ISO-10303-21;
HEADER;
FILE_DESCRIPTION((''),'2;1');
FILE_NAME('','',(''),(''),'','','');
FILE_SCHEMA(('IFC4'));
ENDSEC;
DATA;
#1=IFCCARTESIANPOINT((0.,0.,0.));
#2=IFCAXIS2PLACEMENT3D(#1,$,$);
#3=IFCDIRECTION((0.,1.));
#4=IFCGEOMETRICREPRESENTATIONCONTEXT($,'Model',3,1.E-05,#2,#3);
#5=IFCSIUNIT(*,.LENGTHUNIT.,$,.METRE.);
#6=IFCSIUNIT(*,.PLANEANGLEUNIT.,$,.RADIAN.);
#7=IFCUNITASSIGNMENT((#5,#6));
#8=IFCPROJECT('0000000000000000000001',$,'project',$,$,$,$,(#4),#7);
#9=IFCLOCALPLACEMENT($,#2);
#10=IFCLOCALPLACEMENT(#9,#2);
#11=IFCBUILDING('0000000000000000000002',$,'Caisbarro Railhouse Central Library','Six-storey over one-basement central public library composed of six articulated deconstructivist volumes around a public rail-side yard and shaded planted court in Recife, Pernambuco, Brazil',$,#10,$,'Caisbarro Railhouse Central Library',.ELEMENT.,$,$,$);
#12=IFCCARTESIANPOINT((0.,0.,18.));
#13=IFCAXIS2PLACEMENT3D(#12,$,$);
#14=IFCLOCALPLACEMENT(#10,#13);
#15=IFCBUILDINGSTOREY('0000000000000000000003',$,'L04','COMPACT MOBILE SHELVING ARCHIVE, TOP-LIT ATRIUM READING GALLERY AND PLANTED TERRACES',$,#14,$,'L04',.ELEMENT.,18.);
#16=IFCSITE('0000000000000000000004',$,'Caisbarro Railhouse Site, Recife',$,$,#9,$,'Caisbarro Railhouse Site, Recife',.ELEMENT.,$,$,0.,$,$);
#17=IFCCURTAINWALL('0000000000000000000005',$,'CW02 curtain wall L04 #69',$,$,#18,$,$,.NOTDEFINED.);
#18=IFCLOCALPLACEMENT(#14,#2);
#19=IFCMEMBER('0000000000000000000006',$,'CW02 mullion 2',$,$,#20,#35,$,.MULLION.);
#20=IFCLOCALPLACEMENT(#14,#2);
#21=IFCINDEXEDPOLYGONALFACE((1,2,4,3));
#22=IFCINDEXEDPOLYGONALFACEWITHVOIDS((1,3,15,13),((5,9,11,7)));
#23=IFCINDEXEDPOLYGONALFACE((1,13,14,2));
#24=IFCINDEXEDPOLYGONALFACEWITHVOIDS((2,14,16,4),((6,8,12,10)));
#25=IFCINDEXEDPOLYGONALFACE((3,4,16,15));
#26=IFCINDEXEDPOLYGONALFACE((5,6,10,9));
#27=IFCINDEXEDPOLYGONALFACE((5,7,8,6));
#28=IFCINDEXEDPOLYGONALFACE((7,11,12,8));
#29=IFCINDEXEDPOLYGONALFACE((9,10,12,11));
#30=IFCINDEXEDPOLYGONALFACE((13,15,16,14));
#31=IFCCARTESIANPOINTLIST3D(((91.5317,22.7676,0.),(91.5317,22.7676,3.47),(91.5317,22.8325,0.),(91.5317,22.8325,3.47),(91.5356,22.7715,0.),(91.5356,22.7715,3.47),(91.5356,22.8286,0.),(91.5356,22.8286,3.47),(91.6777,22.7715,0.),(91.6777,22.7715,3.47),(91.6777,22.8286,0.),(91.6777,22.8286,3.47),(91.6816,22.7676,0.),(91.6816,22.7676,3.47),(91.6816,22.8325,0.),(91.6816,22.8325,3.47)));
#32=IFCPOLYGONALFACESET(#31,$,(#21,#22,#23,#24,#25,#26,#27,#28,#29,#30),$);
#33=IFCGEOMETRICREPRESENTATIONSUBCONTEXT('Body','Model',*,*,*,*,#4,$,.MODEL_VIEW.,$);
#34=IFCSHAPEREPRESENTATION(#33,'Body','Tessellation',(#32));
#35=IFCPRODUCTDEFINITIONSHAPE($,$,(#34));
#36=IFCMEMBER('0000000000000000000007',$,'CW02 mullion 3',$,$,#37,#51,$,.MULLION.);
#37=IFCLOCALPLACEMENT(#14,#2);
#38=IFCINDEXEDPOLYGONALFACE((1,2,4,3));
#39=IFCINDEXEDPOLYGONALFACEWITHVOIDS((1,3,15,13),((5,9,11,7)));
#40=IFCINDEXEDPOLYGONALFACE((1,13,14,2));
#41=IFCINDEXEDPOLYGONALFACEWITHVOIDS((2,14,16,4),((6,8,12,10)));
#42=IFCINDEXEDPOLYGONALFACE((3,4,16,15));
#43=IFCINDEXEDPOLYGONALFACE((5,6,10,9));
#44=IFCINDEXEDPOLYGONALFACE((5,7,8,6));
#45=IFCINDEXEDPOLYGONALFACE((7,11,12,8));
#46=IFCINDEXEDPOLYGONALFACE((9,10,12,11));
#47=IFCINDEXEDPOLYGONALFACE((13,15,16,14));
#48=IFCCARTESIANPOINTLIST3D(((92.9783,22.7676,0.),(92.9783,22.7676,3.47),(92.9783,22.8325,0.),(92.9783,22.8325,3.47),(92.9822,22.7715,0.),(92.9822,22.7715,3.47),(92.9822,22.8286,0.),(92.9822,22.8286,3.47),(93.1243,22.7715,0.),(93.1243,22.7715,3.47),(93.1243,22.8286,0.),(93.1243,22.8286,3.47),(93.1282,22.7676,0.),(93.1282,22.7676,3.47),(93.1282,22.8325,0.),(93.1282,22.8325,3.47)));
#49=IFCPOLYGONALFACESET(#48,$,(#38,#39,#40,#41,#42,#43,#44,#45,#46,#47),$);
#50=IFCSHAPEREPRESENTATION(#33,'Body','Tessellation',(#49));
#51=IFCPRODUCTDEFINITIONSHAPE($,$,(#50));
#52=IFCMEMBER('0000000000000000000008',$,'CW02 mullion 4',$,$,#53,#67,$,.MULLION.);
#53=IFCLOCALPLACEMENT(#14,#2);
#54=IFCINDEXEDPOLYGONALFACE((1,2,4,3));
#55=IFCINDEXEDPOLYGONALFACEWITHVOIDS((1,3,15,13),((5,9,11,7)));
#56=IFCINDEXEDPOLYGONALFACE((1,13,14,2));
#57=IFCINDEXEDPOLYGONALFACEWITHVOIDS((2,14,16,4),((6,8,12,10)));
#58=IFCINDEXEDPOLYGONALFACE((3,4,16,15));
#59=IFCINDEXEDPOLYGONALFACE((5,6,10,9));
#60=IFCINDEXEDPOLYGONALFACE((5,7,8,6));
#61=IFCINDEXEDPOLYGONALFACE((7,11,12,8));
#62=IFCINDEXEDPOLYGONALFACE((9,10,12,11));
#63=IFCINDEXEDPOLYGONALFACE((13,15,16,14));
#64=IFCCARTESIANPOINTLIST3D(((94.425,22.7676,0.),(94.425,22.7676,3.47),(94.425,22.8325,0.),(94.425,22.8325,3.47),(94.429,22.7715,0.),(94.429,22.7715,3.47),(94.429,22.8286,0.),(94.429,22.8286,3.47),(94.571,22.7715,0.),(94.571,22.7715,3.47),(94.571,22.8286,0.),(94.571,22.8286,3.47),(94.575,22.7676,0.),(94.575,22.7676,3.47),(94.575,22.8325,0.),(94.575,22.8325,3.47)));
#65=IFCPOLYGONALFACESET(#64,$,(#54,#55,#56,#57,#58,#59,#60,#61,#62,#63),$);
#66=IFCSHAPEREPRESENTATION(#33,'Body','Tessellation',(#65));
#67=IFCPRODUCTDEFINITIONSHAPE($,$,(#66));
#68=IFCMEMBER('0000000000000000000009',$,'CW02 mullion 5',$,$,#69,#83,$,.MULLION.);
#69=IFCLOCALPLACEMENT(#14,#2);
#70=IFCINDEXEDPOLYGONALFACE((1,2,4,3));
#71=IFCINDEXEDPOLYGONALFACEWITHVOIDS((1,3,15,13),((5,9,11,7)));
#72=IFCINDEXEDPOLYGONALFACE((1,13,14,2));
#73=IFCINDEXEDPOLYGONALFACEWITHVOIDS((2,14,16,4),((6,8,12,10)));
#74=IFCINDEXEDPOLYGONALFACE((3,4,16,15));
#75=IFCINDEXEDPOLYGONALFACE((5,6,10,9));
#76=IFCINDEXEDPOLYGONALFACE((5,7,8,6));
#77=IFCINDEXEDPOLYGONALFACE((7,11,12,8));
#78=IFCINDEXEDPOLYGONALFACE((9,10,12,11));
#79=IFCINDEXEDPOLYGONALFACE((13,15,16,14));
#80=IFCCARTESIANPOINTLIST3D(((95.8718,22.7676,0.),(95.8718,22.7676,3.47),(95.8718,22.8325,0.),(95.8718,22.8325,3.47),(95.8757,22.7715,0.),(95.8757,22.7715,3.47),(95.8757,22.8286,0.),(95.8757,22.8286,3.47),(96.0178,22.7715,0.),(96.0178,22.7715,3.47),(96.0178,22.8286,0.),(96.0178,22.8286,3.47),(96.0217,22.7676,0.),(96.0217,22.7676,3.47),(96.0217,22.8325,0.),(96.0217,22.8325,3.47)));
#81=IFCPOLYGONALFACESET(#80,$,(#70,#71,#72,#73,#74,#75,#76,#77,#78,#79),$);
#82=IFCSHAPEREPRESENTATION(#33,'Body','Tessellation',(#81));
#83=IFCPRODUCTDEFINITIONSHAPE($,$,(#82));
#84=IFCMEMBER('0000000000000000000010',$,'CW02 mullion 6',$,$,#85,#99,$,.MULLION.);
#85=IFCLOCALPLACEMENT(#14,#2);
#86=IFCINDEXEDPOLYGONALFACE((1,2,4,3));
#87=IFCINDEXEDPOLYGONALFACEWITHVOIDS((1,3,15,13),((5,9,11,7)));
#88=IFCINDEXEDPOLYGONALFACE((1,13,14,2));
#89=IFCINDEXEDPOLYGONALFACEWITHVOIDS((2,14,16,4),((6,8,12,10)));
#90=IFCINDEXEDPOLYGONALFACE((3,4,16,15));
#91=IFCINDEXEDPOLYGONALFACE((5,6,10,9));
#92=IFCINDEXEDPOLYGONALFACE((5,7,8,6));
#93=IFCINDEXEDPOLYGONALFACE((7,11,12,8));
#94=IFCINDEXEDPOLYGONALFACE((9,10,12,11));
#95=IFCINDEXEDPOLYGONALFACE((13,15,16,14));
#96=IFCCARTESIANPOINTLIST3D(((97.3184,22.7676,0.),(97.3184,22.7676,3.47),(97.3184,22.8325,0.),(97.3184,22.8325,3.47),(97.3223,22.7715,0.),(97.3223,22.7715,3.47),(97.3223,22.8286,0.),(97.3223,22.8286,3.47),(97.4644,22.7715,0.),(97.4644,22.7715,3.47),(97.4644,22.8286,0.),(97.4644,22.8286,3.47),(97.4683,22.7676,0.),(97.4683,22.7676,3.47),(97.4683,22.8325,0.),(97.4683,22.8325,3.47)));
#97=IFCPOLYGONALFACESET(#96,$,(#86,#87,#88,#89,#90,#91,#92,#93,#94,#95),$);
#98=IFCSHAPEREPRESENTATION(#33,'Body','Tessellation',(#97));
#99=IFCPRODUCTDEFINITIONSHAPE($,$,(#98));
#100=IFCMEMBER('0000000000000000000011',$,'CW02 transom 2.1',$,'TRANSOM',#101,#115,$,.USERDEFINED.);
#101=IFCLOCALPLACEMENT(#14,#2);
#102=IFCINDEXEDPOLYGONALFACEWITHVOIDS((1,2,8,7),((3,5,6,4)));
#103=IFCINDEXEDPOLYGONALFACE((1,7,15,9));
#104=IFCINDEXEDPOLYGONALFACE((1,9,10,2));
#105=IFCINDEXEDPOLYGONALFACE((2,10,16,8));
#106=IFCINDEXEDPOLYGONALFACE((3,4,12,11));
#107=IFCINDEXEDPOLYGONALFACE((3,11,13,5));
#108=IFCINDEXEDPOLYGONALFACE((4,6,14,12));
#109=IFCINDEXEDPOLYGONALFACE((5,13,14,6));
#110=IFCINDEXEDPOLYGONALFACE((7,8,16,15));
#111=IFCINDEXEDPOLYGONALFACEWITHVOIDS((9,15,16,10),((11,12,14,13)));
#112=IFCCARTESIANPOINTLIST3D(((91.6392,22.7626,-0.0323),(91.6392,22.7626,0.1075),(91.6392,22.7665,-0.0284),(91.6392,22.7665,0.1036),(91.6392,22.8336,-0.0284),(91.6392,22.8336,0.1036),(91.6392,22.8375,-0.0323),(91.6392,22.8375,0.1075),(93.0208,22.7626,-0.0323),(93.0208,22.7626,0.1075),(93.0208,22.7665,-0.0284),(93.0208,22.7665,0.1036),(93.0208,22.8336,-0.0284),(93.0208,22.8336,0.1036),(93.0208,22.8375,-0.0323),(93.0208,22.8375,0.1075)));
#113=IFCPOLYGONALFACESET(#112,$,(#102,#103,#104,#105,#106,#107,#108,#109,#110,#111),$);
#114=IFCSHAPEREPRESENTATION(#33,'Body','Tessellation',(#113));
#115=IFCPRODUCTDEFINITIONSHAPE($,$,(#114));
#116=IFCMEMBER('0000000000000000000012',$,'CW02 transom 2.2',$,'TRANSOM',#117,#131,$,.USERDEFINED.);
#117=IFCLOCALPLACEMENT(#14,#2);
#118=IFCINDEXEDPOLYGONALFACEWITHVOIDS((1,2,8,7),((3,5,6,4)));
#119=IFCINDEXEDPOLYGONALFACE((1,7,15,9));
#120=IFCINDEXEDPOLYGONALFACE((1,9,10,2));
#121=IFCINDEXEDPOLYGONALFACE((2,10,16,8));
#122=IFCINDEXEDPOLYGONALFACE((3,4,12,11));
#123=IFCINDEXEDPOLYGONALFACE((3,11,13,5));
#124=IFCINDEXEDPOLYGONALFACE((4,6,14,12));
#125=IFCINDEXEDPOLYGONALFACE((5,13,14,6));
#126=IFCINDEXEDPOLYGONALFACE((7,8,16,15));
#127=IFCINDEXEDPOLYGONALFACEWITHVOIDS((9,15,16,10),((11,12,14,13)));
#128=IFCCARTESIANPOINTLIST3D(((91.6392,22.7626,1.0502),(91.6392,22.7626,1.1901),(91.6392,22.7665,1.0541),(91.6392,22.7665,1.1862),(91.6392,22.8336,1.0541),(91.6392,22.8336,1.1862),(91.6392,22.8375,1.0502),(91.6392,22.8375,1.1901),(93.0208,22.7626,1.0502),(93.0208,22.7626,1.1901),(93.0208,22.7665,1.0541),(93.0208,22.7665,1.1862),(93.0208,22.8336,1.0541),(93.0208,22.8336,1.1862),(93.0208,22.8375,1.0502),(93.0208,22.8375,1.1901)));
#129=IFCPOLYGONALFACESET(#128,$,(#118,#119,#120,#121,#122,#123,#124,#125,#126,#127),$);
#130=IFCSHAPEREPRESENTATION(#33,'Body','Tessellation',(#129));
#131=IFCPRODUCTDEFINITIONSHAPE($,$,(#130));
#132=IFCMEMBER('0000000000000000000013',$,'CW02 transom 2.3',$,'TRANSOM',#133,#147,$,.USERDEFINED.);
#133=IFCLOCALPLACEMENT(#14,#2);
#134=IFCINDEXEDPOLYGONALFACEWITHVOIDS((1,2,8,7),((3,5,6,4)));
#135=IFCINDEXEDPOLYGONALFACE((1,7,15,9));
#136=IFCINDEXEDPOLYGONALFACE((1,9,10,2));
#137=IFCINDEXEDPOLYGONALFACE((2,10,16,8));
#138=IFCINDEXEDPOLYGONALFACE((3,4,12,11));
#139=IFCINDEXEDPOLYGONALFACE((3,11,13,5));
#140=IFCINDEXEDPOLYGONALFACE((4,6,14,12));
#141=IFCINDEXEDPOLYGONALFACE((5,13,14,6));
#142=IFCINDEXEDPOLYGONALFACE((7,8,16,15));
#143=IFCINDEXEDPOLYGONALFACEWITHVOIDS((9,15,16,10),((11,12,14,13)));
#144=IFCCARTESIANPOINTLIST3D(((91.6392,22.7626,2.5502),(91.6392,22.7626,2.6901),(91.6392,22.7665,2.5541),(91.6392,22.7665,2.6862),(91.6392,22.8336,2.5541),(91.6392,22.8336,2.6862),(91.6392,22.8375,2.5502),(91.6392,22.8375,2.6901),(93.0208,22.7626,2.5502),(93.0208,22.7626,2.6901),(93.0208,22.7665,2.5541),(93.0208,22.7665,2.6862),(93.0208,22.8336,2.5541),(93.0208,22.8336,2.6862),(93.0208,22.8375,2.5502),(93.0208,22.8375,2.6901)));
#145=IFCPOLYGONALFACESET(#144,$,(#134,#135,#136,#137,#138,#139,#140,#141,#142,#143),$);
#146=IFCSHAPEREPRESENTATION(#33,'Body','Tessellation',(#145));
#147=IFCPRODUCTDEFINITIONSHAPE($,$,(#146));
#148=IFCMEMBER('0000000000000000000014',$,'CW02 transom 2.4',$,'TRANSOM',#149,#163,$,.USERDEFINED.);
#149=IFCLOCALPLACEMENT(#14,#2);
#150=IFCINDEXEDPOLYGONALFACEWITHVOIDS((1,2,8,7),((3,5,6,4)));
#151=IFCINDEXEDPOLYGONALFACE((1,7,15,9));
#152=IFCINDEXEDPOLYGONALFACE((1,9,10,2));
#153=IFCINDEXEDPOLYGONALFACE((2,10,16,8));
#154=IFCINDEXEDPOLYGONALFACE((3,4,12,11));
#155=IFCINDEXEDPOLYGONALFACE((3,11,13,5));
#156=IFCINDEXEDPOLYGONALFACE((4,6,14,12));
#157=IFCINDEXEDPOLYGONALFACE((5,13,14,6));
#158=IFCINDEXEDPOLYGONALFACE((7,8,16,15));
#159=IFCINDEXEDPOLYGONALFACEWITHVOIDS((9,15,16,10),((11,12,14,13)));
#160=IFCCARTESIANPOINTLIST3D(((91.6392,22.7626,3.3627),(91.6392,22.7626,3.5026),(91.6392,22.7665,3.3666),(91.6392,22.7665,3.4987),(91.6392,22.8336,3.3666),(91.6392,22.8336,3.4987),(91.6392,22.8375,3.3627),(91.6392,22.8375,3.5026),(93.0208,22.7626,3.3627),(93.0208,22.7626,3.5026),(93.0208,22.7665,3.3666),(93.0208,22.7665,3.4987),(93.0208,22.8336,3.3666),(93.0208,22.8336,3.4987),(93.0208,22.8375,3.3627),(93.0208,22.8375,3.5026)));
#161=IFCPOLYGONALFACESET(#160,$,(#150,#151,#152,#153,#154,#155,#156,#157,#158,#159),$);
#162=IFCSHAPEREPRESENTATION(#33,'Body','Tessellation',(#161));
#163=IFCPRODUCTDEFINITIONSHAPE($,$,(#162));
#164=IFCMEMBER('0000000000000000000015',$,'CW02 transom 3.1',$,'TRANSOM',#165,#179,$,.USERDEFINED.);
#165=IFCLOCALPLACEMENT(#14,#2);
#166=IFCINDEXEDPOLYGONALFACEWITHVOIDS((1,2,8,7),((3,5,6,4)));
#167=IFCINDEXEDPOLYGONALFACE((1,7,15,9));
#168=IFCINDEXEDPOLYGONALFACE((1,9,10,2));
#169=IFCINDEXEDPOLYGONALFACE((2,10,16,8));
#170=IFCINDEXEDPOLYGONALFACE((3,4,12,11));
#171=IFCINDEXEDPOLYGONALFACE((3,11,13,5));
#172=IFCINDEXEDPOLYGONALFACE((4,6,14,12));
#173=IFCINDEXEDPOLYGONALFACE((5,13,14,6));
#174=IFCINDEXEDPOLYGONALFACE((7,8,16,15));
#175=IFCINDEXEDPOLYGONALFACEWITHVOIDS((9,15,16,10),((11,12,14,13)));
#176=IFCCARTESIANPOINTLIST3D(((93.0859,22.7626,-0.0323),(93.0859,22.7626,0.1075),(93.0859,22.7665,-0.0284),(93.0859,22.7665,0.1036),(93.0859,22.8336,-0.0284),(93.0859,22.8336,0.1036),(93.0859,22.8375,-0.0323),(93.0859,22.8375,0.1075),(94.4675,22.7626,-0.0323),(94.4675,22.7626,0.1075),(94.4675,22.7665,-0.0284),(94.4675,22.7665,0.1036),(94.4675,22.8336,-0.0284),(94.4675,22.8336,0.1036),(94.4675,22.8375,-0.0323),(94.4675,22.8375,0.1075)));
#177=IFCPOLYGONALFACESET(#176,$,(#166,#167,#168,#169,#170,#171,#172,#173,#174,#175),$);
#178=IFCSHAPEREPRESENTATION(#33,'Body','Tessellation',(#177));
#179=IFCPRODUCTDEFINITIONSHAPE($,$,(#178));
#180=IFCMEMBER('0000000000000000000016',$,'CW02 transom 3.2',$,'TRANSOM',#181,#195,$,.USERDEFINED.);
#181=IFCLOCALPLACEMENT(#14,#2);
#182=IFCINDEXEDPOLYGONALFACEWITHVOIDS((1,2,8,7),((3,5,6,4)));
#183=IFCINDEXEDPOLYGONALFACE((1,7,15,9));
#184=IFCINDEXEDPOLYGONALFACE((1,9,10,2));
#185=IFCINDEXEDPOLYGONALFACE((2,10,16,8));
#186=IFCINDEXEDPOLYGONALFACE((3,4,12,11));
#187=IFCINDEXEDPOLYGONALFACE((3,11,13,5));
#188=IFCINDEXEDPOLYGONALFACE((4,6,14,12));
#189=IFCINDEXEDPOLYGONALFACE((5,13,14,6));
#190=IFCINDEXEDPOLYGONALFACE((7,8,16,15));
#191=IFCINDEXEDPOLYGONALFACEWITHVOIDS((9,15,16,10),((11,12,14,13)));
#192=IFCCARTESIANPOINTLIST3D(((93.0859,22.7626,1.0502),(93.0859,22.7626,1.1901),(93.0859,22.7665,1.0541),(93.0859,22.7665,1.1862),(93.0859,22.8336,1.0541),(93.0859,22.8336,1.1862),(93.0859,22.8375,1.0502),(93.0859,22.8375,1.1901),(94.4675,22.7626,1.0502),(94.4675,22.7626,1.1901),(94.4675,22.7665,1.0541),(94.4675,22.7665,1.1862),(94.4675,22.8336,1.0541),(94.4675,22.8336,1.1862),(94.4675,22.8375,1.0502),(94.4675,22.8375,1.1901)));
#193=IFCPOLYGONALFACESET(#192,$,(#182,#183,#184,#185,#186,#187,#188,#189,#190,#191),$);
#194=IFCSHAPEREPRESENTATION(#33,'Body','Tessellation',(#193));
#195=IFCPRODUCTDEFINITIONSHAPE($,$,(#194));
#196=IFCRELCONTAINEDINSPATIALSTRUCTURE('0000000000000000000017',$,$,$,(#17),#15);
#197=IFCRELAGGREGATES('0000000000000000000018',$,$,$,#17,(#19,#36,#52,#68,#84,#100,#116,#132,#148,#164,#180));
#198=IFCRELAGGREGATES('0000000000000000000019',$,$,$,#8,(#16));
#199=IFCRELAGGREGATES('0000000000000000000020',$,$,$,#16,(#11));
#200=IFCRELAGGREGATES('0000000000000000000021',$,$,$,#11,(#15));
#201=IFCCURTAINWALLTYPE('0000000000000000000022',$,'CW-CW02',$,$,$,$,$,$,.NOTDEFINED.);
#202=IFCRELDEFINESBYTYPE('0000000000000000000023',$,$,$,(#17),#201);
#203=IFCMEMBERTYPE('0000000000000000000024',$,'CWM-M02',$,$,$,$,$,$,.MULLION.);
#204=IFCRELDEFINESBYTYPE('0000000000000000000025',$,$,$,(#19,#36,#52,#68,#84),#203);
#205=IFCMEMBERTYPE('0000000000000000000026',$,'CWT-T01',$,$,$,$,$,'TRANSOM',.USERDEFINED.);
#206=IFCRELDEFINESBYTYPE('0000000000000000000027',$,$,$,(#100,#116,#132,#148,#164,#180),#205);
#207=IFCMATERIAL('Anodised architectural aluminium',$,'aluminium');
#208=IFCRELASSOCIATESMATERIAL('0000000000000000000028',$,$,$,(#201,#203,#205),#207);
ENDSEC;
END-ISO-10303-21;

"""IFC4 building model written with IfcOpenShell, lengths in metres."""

from ifc_helpers import new_model, si_unit, direction, frame, origin, origin_2d, place, context, subcontext, project, spatial, hollow_rectangle, extrude, material, material_profile, profile_set, type_object, element, aggregate, save


model = new_model("IFC4")

# Units and contexts
model_context = context("Model", 3, precision=1e-05, world=origin(), true_north=direction((0.0, 1.0)))
body_context = subcontext(model_context, "Body", "Model", "MODEL_VIEW")
ifc_project = project(units=[si_unit("LENGTHUNIT", "METRE"), si_unit("PLANEANGLEUNIT", "RADIAN")], contexts=[model_context])

# Site, building, storey
site_placement = place(None, origin())
site = spatial("IfcSite", under=ifc_project, at=site_placement, Name="Caisbarro Railhouse Site, Recife", LongName="Caisbarro Railhouse Site, Recife", CompositionType="ELEMENT", RefElevation=0.0)
building_placement = place(site_placement, origin())
building = spatial("IfcBuilding", under=site, at=building_placement, Name="Caisbarro Railhouse Central Library", Description="Six-storey over one-basement central public library composed of six articulated deconstructivist volumes around a public rail-side yard and shaded planted court in Recife, Pernambuco, Brazil", LongName="Caisbarro Railhouse Central Library", CompositionType="ELEMENT")
storey_placement = place(building_placement, frame((0.0, 0.0, 18.0)))
storey = spatial("IfcBuildingStorey", under=building, at=storey_placement, Name="L04", Description="COMPACT MOBILE SHELVING ARCHIVE, TOP-LIT ATRIUM READING GALLERY AND PLANTED TERRACES", LongName="L04", CompositionType="ELEMENT", Elevation=18.0)

# Curtain wall, members
ifc_material_1 = material(Name="Anodised architectural aluminium", Category="aluminium")
curtain_wall_type = type_object("IfcCurtainWallType", Name="CW-CW02", PredefinedType="NOTDEFINED", material=ifc_material_1)
curtain_wall_placement = place(storey_placement, origin())
curtain_wall = element("IfcCurtainWall", 1, at=curtain_wall_placement, inside=storey, type_object=curtain_wall_type, Name="CW02 curtain wall L04 #69", PredefinedType="NOTDEFINED")
ifc_material_profile_1 = material_profile(ifc_material_1, hollow_rectangle(XDim=0.0649, YDim=0.1499, WallThickness=0.0039, at=origin_2d()), Name="ALU-MUL-65X150")
ifc_profile_set_1 = profile_set([ifc_material_profile_1], Name="Anodised architectural aluminium")
member_type_1 = type_object("IfcMemberType", Name="CWM-M02", PredefinedType="MULLION", material=ifc_profile_set_1)
member_1_placement = place(storey_placement, frame((91.6067, 22.8, 0.0), z_axis=(0.0, 0.0, 1.0), x_axis=(0.0, 1.0, 0.0)))
member_1 = element("IfcMember", 2, at=member_1_placement, type_object=member_type_1, Name="CW02 mullion 2", PredefinedType="MULLION", context=body_context, shape_type="SweptSolid", body=[
    extrude(hollow_rectangle(XDim=0.0649, YDim=0.1499, WallThickness=0.0039, at=origin_2d()), origin(), (0.0, 0.0, 1.0), 3.47),
])
member_2_placement = place(storey_placement, frame((93.0532, 22.8, 0.0), z_axis=(0.0, 0.0, 1.0), x_axis=(0.0, 1.0, 0.0)))
member_2 = element("IfcMember", 3, at=member_2_placement, type_object=member_type_1, Name="CW02 mullion 3", PredefinedType="MULLION", context=body_context, shape_type="SweptSolid", body=[
    extrude(hollow_rectangle(XDim=0.0649, YDim=0.1499, WallThickness=0.0039, at=origin_2d()), origin(), (0.0, 0.0, 1.0), 3.47),
])
member_3_placement = place(storey_placement, frame((94.5, 22.8, 0.0), z_axis=(0.0, 0.0, 1.0), x_axis=(0.0, 1.0, 0.0)))
member_3 = element("IfcMember", 4, at=member_3_placement, type_object=member_type_1, Name="CW02 mullion 4", PredefinedType="MULLION", context=body_context, shape_type="SweptSolid", body=[
    extrude(hollow_rectangle(XDim=0.0649, YDim=0.1499, WallThickness=0.0039, at=origin_2d()), origin(), (0.0, 0.0, 1.0), 3.47),
])
member_4_placement = place(storey_placement, frame((95.9468, 22.8, 0.0), z_axis=(0.0, 0.0, 1.0), x_axis=(0.0, 1.0, 0.0)))
member_4 = element("IfcMember", 5, at=member_4_placement, type_object=member_type_1, Name="CW02 mullion 5", PredefinedType="MULLION", context=body_context, shape_type="SweptSolid", body=[
    extrude(hollow_rectangle(XDim=0.0649, YDim=0.1499, WallThickness=0.0039, at=origin_2d()), origin(), (0.0, 0.0, 1.0), 3.47),
])
member_5_placement = place(storey_placement, frame((97.3933, 22.8, 0.0), z_axis=(0.0, 0.0, 1.0), x_axis=(0.0, 1.0, 0.0)))
member_5 = element("IfcMember", 6, at=member_5_placement, type_object=member_type_1, Name="CW02 mullion 6", PredefinedType="MULLION", context=body_context, shape_type="SweptSolid", body=[
    extrude(hollow_rectangle(XDim=0.0649, YDim=0.1499, WallThickness=0.0039, at=origin_2d()), origin(), (0.0, 0.0, 1.0), 3.47),
])
ifc_material_profile_2 = material_profile(ifc_material_1, hollow_rectangle(XDim=0.075, YDim=0.1399, WallThickness=0.0039, at=origin_2d()), Name="ALU-TRN-75X140")
ifc_profile_set_2 = profile_set([ifc_material_profile_2], Name="Anodised architectural aluminium")
member_type_2 = type_object("IfcMemberType", Name="CWT-T01", ElementType="TRANSOM", PredefinedType="USERDEFINED", material=ifc_profile_set_2)
member_6_placement = place(storey_placement, frame((91.6392, 22.8, 0.0376), z_axis=(1.0, 0.0, 0.0), x_axis=(0.0, 1.0, 0.0)))
member_6 = element("IfcMember", 7, at=member_6_placement, type_object=member_type_2, Name="CW02 transom 2.1", ObjectType="TRANSOM", PredefinedType="USERDEFINED", context=body_context, shape_type="SweptSolid", body=[
    extrude(hollow_rectangle(XDim=0.075, YDim=0.1399, WallThickness=0.0039, at=origin_2d()), origin(), (0.0, 0.0, 1.0), 1.3816),
])
member_7_placement = place(storey_placement, frame((91.6392, 22.8, 1.1201), z_axis=(1.0, 0.0, 0.0), x_axis=(0.0, 1.0, 0.0)))
member_7 = element("IfcMember", 8, at=member_7_placement, type_object=member_type_2, Name="CW02 transom 2.2", ObjectType="TRANSOM", PredefinedType="USERDEFINED", context=body_context, shape_type="SweptSolid", body=[
    extrude(hollow_rectangle(XDim=0.075, YDim=0.1399, WallThickness=0.0039, at=origin_2d()), origin(), (0.0, 0.0, 1.0), 1.3816),
])
member_8_placement = place(storey_placement, frame((91.6392, 22.8, 2.6201), z_axis=(1.0, 0.0, 0.0), x_axis=(0.0, 1.0, 0.0)))
member_8 = element("IfcMember", 9, at=member_8_placement, type_object=member_type_2, Name="CW02 transom 2.3", ObjectType="TRANSOM", PredefinedType="USERDEFINED", context=body_context, shape_type="SweptSolid", body=[
    extrude(hollow_rectangle(XDim=0.075, YDim=0.1399, WallThickness=0.0039, at=origin_2d()), origin(), (0.0, 0.0, 1.0), 1.3816),
])
member_9_placement = place(storey_placement, frame((91.6392, 22.8, 3.4326), z_axis=(1.0, 0.0, 0.0), x_axis=(0.0, 1.0, 0.0)))
member_9 = element("IfcMember", 10, at=member_9_placement, type_object=member_type_2, Name="CW02 transom 2.4", ObjectType="TRANSOM", PredefinedType="USERDEFINED", context=body_context, shape_type="SweptSolid", body=[
    extrude(hollow_rectangle(XDim=0.075, YDim=0.1399, WallThickness=0.0039, at=origin_2d()), origin(), (0.0, 0.0, 1.0), 1.3816),
])
member_10_placement = place(storey_placement, frame((93.0859, 22.8, 0.0376), z_axis=(1.0, 0.0, 0.0), x_axis=(0.0, 1.0, 0.0)))
member_10 = element("IfcMember", 11, at=member_10_placement, type_object=member_type_2, Name="CW02 transom 3.1", ObjectType="TRANSOM", PredefinedType="USERDEFINED", context=body_context, shape_type="SweptSolid", body=[
    extrude(hollow_rectangle(XDim=0.075, YDim=0.1399, WallThickness=0.0039, at=origin_2d()), origin(), (0.0, 0.0, 1.0), 1.3816),
])
member_11_placement = place(storey_placement, frame((93.0859, 22.8, 1.1201), z_axis=(1.0, 0.0, 0.0), x_axis=(0.0, 1.0, 0.0)))
member_11 = element("IfcMember", 12, at=member_11_placement, type_object=member_type_2, Name="CW02 transom 3.2", ObjectType="TRANSOM", PredefinedType="USERDEFINED", context=body_context, shape_type="SweptSolid", body=[
    extrude(hollow_rectangle(XDim=0.075, YDim=0.1399, WallThickness=0.0039, at=origin_2d()), origin(), (0.0, 0.0, 1.0), 1.3816),
])
aggregate(curtain_wall, [member_1, member_2, member_3, member_4, member_5, member_6, member_7, member_8, member_9, member_10, member_11])

save(model, "model.ifc")
